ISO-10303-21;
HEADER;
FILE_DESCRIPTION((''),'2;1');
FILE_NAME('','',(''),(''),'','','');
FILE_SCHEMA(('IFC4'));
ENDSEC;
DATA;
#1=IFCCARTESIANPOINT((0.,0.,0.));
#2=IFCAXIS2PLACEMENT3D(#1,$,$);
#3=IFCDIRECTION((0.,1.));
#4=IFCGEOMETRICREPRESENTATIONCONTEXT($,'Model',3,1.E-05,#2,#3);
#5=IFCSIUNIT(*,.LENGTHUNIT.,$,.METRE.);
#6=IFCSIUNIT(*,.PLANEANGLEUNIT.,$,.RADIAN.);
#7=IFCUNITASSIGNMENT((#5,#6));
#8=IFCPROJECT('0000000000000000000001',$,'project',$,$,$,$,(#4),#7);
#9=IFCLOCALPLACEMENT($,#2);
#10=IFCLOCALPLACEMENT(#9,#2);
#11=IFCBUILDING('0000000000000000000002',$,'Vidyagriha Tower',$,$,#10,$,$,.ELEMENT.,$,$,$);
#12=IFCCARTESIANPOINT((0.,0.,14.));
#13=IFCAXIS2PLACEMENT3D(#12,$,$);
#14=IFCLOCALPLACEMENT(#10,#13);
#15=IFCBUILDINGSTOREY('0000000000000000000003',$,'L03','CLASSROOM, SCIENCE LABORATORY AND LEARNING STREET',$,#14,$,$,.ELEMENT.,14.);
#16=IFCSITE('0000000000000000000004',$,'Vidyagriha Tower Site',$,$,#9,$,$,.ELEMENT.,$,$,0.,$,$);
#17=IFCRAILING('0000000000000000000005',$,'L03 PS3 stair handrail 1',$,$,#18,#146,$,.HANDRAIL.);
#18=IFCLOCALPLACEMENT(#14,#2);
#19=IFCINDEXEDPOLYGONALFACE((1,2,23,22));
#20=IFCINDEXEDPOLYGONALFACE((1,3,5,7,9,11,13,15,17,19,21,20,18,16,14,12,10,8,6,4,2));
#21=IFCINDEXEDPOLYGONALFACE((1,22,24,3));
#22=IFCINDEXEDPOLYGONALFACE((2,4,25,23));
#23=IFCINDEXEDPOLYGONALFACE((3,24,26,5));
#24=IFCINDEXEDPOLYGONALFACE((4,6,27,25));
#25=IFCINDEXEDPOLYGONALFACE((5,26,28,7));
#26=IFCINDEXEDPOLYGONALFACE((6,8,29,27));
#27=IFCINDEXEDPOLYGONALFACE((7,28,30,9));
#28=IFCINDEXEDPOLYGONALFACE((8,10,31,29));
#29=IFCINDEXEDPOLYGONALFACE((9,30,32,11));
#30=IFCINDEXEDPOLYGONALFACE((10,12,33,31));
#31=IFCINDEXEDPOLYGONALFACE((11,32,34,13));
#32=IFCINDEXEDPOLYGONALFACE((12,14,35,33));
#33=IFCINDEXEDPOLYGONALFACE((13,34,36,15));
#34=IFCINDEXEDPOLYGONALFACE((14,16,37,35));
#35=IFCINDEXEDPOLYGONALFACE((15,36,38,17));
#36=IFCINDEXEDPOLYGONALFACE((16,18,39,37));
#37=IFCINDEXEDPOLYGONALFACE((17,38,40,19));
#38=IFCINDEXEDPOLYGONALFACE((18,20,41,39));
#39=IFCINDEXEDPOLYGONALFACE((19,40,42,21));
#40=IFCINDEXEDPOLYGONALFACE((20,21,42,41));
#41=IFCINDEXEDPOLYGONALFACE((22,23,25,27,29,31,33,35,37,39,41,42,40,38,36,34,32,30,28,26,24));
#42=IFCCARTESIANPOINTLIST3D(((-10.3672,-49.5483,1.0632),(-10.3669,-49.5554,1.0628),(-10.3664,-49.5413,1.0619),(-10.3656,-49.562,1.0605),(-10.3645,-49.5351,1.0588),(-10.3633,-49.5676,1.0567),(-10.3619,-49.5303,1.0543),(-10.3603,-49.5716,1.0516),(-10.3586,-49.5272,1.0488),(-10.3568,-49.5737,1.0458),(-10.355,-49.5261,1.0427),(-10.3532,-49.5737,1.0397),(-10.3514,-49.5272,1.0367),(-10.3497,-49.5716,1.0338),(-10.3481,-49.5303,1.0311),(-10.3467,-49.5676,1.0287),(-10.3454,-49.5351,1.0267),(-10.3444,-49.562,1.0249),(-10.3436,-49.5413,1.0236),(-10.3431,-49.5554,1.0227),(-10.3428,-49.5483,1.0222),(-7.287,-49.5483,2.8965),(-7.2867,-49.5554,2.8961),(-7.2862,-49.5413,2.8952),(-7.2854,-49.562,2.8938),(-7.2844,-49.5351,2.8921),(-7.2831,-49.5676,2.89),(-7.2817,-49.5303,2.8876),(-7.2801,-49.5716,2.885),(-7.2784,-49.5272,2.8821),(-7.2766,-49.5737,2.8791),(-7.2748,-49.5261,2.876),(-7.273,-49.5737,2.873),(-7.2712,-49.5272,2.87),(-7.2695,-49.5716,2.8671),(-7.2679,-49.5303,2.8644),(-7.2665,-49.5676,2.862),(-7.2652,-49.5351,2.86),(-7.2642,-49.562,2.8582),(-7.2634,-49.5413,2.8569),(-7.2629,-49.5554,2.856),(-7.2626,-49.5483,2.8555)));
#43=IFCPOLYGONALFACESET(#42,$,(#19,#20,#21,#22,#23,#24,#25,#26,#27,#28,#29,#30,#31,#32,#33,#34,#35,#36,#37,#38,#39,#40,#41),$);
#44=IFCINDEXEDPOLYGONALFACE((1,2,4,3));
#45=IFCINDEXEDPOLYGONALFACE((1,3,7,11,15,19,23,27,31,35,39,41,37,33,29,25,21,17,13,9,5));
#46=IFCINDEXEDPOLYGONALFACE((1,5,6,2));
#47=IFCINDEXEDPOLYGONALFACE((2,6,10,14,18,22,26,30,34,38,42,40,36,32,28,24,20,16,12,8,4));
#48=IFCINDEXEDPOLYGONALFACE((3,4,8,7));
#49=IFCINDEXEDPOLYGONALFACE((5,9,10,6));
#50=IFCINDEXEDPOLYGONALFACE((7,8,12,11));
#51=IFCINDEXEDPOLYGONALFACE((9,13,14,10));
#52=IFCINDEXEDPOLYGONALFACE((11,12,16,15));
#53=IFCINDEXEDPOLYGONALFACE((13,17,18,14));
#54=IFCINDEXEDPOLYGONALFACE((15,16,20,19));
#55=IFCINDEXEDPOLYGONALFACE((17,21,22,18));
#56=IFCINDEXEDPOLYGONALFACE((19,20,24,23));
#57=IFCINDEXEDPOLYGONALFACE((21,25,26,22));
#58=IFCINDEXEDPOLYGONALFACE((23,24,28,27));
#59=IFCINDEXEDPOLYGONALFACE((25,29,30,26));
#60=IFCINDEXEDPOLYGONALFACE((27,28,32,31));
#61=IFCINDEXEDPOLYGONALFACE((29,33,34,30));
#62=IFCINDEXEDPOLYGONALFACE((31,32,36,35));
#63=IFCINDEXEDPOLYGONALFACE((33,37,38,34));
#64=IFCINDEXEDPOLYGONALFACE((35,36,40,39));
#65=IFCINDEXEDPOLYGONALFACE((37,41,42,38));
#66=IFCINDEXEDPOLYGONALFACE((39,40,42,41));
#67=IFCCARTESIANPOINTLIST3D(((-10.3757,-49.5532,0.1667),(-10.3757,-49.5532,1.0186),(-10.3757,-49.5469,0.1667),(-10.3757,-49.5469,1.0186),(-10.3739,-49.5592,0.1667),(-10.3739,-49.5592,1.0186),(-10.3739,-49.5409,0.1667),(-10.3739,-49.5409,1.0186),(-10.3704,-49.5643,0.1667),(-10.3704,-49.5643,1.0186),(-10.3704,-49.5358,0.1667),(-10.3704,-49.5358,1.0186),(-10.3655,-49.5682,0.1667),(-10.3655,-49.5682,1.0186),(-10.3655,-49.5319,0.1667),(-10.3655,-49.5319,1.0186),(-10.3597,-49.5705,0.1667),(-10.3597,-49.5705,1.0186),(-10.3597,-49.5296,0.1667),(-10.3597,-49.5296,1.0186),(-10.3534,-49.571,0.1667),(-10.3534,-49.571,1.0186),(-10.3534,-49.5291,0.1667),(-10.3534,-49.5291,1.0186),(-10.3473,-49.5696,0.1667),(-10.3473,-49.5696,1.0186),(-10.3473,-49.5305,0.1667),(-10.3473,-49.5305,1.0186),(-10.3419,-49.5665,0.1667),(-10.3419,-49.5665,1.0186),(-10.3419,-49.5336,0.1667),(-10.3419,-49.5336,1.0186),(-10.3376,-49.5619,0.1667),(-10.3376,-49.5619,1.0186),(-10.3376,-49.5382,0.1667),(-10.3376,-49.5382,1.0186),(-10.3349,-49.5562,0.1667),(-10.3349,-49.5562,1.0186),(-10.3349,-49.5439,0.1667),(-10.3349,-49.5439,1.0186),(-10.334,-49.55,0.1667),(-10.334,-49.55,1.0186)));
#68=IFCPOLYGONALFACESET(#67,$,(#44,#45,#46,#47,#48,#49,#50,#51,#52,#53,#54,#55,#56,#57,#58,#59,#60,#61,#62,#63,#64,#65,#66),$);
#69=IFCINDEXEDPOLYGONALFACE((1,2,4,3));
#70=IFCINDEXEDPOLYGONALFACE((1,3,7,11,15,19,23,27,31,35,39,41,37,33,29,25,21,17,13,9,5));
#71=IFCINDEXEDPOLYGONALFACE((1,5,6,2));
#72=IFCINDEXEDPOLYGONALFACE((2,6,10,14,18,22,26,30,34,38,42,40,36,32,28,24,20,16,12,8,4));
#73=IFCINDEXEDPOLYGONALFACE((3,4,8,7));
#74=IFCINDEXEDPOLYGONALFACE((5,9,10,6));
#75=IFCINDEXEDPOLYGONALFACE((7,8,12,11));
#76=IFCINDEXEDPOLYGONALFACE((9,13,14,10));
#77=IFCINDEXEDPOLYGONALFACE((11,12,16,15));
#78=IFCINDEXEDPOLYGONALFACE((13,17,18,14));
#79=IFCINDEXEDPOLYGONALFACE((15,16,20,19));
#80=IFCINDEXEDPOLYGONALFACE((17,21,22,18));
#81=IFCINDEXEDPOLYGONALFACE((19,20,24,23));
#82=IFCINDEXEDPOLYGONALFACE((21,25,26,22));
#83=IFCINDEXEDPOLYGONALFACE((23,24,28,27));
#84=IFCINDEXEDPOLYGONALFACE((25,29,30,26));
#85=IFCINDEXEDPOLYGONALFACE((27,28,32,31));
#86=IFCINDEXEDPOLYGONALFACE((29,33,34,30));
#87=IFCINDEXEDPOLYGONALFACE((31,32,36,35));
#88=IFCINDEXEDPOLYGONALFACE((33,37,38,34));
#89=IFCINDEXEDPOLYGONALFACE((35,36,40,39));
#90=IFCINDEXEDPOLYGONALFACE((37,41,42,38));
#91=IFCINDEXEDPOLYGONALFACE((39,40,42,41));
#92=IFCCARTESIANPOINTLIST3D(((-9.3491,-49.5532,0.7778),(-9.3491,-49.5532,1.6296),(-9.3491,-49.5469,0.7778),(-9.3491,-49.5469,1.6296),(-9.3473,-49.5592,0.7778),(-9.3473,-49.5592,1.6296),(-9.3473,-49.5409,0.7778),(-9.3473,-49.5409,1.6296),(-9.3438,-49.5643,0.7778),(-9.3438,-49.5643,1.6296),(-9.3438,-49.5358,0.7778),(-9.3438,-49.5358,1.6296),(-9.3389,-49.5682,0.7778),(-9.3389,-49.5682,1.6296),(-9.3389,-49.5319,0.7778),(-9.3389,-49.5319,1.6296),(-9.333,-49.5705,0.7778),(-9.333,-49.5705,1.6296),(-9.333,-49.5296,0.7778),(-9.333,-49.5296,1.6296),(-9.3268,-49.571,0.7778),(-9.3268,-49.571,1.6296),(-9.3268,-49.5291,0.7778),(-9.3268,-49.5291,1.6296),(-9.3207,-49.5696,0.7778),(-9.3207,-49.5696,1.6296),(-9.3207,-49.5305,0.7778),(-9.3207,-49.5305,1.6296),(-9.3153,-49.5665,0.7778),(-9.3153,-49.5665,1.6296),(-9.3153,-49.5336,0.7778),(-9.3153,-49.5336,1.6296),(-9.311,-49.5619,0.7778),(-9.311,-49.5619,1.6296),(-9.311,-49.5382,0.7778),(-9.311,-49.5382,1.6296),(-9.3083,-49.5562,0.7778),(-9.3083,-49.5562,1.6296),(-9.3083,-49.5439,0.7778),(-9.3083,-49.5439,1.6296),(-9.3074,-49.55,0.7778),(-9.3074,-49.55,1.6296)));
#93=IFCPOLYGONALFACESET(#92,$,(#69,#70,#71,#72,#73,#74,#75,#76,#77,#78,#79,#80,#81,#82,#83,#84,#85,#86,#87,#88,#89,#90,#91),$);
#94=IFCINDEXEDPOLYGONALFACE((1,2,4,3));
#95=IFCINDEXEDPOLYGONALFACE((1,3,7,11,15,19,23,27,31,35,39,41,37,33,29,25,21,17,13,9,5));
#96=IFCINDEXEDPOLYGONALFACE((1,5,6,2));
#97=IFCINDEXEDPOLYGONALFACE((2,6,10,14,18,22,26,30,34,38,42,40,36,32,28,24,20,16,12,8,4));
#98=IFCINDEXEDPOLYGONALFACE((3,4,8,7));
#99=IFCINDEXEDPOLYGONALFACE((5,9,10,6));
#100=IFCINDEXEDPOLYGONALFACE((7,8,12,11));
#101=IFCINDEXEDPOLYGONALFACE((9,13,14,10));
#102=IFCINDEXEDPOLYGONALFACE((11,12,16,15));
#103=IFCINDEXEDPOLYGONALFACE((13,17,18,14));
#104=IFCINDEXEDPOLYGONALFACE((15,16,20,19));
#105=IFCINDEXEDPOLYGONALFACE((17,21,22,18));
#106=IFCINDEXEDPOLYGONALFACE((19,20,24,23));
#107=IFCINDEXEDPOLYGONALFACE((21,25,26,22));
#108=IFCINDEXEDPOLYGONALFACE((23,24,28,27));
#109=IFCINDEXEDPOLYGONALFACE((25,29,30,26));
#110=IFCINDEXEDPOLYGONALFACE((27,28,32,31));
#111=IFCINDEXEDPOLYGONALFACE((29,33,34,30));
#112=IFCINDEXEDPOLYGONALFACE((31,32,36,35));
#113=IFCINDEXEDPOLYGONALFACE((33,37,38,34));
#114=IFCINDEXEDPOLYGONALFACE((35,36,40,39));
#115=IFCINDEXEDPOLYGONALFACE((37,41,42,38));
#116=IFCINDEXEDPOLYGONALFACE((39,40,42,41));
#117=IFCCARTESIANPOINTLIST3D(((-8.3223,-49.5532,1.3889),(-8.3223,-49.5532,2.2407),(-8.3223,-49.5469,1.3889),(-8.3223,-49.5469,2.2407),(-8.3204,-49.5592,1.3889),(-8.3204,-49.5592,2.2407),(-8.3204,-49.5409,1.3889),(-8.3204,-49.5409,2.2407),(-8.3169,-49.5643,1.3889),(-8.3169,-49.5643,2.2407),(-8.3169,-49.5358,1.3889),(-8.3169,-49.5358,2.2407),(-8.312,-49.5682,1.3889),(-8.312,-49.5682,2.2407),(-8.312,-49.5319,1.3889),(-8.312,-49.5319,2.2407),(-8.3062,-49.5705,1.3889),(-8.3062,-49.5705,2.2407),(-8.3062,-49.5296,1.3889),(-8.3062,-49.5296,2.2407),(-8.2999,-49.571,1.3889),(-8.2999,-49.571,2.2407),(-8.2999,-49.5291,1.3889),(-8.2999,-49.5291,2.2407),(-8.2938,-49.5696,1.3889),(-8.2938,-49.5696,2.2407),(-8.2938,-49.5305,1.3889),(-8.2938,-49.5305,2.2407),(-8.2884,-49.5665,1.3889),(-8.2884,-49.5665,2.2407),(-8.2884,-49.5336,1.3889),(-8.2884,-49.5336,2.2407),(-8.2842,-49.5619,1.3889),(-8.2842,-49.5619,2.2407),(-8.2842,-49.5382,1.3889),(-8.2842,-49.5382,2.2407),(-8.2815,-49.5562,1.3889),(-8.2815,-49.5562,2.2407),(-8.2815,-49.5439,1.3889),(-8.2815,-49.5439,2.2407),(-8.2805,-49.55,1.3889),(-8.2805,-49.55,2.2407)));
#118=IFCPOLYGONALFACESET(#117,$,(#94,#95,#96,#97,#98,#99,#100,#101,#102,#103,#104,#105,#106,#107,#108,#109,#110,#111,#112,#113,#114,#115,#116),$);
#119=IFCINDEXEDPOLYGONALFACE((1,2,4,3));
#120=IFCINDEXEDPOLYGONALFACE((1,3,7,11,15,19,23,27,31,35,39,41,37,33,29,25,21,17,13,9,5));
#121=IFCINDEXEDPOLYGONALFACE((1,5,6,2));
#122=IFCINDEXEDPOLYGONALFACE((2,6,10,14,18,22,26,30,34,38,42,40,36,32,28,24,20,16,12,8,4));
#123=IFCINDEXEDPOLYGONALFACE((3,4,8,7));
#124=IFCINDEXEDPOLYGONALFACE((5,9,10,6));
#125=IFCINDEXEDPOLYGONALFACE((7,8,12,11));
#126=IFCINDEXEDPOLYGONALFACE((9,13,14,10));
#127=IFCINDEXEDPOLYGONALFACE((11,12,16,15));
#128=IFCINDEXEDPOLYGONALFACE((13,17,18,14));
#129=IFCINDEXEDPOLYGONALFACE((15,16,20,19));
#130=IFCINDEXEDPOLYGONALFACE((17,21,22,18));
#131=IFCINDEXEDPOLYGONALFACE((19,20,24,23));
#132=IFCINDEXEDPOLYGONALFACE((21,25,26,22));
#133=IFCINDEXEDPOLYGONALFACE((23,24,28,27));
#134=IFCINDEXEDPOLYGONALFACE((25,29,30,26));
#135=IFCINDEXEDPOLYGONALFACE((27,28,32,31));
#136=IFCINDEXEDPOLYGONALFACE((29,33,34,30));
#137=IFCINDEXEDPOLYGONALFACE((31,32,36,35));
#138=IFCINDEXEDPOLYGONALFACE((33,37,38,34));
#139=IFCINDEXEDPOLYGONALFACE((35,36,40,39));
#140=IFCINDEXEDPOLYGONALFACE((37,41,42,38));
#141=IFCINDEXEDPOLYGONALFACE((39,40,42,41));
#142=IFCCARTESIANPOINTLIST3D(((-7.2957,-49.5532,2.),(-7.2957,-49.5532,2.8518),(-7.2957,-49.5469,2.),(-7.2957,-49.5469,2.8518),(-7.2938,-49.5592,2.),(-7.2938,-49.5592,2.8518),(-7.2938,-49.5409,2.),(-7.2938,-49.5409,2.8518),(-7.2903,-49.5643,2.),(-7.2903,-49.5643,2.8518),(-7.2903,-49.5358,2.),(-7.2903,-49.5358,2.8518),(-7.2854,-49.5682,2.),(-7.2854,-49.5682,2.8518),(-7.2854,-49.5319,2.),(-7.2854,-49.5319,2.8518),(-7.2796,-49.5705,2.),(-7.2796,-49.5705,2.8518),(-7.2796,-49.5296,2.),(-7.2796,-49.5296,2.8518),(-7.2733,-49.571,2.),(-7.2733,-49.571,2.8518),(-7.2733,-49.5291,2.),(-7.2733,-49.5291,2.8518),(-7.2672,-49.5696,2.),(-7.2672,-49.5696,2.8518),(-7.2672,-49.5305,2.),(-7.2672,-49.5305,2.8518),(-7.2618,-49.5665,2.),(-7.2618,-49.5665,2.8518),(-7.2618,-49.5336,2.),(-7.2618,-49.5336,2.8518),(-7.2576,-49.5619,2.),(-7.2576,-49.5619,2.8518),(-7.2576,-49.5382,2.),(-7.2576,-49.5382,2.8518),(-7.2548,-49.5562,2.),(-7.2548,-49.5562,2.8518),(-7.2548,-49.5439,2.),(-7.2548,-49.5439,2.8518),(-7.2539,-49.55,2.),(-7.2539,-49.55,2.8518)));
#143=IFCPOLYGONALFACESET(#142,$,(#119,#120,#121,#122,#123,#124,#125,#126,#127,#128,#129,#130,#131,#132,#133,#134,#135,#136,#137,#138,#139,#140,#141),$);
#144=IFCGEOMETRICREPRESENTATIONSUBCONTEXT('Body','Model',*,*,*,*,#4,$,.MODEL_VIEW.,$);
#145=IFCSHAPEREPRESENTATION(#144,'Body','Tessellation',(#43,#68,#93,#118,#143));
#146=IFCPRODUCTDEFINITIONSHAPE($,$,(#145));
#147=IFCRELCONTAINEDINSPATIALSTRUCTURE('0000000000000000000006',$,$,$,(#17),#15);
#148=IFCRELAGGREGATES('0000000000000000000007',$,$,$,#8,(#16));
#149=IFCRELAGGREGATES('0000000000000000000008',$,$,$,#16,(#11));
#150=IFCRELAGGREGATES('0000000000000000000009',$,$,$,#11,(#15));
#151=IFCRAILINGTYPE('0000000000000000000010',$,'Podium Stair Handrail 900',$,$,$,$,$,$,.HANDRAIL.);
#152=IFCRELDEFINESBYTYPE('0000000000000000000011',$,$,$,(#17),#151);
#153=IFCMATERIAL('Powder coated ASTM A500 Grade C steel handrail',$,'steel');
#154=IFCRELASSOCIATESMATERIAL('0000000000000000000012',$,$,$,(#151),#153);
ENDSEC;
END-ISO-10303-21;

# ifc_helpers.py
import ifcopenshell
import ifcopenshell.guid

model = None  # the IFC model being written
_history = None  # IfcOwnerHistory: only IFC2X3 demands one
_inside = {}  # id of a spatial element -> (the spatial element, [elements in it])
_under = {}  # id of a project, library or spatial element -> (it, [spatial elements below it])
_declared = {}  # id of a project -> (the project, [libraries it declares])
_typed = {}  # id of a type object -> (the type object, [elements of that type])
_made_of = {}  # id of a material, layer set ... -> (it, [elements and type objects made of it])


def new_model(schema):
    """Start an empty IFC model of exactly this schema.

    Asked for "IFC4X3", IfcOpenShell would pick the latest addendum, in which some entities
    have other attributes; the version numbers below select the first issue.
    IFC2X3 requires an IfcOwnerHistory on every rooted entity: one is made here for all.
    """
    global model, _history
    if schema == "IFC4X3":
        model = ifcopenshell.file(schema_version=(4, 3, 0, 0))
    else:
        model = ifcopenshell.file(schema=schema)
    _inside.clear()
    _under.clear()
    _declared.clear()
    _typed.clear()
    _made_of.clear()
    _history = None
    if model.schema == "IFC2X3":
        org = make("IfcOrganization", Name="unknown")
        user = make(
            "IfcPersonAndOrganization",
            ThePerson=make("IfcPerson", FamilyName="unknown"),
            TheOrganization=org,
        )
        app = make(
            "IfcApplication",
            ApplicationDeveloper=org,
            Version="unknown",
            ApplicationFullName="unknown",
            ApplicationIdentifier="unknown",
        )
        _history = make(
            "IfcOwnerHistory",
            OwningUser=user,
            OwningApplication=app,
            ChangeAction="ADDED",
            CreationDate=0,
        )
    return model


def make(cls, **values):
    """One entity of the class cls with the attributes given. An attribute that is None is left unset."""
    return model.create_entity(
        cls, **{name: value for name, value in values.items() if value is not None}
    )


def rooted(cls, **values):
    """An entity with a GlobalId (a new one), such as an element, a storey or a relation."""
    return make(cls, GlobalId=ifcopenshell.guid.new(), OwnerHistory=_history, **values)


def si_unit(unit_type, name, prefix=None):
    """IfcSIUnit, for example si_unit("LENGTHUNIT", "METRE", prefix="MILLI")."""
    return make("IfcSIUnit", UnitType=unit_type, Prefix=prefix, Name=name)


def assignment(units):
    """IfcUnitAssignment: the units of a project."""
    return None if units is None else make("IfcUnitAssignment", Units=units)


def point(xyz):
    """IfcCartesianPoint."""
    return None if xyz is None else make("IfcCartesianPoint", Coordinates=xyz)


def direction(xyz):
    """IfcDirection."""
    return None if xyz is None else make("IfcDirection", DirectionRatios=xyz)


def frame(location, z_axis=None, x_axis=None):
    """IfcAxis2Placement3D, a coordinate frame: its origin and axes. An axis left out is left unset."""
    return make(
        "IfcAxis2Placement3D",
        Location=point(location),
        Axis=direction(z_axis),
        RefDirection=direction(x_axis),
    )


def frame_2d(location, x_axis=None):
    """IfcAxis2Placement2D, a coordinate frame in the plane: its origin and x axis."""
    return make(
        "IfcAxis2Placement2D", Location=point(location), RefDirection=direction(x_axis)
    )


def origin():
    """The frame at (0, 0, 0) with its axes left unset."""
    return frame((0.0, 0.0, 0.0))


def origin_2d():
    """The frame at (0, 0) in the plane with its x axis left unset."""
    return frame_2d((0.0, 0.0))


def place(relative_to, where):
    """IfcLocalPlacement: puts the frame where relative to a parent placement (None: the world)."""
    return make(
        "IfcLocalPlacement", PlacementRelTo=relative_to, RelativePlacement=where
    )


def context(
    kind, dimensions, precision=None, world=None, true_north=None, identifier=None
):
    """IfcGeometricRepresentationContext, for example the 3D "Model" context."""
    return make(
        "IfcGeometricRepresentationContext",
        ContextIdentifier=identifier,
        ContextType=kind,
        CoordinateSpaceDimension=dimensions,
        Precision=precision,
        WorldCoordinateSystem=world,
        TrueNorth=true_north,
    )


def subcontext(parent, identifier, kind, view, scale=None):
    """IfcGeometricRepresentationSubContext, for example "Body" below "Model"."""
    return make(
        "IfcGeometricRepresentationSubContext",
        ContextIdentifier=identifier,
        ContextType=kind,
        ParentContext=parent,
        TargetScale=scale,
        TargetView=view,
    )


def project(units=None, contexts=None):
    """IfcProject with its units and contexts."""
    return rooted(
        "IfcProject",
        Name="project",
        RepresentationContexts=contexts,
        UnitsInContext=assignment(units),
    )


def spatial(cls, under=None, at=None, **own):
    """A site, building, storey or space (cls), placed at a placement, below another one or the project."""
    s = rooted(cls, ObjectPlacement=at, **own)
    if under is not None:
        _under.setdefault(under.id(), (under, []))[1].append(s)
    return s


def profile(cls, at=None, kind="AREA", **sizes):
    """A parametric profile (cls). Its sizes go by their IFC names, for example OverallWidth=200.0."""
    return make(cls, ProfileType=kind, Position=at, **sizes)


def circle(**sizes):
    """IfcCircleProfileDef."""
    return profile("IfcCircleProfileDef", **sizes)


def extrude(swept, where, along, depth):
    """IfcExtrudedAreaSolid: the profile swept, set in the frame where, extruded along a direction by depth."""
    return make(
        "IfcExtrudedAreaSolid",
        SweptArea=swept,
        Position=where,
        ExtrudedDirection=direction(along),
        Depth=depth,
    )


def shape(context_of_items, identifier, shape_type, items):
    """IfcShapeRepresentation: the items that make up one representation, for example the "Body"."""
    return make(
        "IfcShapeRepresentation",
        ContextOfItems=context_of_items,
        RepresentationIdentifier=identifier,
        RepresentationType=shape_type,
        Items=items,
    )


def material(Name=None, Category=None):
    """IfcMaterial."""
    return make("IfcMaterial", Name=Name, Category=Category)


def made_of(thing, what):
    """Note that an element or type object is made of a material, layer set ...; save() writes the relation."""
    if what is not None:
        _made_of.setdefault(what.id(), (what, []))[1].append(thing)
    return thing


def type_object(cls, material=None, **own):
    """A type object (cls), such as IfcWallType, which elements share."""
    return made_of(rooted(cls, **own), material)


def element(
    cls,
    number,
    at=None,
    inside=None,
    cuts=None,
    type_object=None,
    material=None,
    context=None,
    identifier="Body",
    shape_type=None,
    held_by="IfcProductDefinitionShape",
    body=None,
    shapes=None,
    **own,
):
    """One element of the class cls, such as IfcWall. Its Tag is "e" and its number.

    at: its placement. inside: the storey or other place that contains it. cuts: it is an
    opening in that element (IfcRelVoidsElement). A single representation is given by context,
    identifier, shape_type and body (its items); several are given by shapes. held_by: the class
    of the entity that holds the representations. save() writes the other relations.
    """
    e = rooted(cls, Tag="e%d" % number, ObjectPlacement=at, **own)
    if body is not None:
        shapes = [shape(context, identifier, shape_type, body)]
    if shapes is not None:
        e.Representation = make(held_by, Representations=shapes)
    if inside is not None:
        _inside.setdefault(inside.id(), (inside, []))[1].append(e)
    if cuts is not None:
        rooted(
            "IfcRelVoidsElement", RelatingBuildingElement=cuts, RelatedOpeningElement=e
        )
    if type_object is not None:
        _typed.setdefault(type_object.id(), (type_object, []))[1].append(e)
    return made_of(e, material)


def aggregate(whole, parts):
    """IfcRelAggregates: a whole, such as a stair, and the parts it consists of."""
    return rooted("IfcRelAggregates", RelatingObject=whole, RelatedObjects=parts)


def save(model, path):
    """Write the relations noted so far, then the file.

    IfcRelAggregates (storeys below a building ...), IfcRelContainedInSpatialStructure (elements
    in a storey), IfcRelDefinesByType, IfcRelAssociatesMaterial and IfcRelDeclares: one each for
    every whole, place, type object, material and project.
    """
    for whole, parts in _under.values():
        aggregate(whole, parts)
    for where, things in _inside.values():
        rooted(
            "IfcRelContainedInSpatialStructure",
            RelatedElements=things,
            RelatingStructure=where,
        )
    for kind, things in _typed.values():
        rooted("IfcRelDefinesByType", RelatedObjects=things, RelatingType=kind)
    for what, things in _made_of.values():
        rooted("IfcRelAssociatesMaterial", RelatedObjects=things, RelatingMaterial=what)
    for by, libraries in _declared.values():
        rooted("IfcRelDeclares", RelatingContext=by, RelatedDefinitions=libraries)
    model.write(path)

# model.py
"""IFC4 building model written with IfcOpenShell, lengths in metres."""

from ifc_helpers import new_model, si_unit, direction, frame, origin, origin_2d, place, context, subcontext, project, spatial, circle, extrude, material, type_object, element, save


model = new_model("IFC4")

# Units and contexts
model_context = context("Model", 3, precision=1e-05, world=origin(), true_north=direction((0.0, 1.0)))
body_context = subcontext(model_context, "Body", "Model", "MODEL_VIEW")
ifc_project = project(units=[si_unit("LENGTHUNIT", "METRE"), si_unit("PLANEANGLEUNIT", "RADIAN")], contexts=[model_context])

# Site, building, storey
site_placement = place(None, origin())
site = spatial("IfcSite", under=ifc_project, at=site_placement, Name="Vidyagriha Tower Site", CompositionType="ELEMENT", RefElevation=0.0)
building_placement = place(site_placement, origin())
building = spatial("IfcBuilding", under=site, at=building_placement, Name="Vidyagriha Tower", CompositionType="ELEMENT")
storey_placement = place(building_placement, frame((0.0, 0.0, 14.0)))
storey = spatial("IfcBuildingStorey", under=building, at=storey_placement, Name="L03", Description="CLASSROOM, SCIENCE LABORATORY AND LEARNING STREET", CompositionType="ELEMENT", Elevation=14.0)

# Railing
ifc_material_1 = material(Name="Powder coated ASTM A500 Grade C steel handrail", Category="steel")
railing_type_1 = type_object("IfcRailingType", Name="Podium Stair Handrail 900", PredefinedType="HANDRAIL", material=ifc_material_1)
railing_1_placement = place(storey_placement, frame((-10.355, -49.55, 0.1667)))
element("IfcRailing", 1, at=railing_1_placement, inside=storey, type_object=railing_type_1, Name="L03 PS3 stair handrail 1", PredefinedType="HANDRAIL", context=body_context, shape_type="SweptSolid", body=[
    extrude(circle(Radius=0.0239, at=origin_2d()), frame((0.0, 0.0, 0.876), z_axis=(0.859309, 0.0, 0.511458), x_axis=(0.0, 1.0, 0.0)), (0.0, 0.0, 1.0), 3.5845),
    extrude(circle(Radius=0.021, at=origin_2d()), origin(), (0.0, 0.0, 1.0), 0.8518),
    extrude(circle(Radius=0.021, at=origin_2d()), frame((1.0266, 0.0, 0.6111)), (0.0, 0.0, 1.0), 0.8518),
    extrude(circle(Radius=0.021, at=origin_2d()), frame((2.0535, 0.0, 1.2222)), (0.0, 0.0, 1.0), 0.8518),
    extrude(circle(Radius=0.021, at=origin_2d()), frame((3.0801, 0.0, 1.8333)), (0.0, 0.0, 1.0), 0.8518),
])

save(model, "model.ifc")
